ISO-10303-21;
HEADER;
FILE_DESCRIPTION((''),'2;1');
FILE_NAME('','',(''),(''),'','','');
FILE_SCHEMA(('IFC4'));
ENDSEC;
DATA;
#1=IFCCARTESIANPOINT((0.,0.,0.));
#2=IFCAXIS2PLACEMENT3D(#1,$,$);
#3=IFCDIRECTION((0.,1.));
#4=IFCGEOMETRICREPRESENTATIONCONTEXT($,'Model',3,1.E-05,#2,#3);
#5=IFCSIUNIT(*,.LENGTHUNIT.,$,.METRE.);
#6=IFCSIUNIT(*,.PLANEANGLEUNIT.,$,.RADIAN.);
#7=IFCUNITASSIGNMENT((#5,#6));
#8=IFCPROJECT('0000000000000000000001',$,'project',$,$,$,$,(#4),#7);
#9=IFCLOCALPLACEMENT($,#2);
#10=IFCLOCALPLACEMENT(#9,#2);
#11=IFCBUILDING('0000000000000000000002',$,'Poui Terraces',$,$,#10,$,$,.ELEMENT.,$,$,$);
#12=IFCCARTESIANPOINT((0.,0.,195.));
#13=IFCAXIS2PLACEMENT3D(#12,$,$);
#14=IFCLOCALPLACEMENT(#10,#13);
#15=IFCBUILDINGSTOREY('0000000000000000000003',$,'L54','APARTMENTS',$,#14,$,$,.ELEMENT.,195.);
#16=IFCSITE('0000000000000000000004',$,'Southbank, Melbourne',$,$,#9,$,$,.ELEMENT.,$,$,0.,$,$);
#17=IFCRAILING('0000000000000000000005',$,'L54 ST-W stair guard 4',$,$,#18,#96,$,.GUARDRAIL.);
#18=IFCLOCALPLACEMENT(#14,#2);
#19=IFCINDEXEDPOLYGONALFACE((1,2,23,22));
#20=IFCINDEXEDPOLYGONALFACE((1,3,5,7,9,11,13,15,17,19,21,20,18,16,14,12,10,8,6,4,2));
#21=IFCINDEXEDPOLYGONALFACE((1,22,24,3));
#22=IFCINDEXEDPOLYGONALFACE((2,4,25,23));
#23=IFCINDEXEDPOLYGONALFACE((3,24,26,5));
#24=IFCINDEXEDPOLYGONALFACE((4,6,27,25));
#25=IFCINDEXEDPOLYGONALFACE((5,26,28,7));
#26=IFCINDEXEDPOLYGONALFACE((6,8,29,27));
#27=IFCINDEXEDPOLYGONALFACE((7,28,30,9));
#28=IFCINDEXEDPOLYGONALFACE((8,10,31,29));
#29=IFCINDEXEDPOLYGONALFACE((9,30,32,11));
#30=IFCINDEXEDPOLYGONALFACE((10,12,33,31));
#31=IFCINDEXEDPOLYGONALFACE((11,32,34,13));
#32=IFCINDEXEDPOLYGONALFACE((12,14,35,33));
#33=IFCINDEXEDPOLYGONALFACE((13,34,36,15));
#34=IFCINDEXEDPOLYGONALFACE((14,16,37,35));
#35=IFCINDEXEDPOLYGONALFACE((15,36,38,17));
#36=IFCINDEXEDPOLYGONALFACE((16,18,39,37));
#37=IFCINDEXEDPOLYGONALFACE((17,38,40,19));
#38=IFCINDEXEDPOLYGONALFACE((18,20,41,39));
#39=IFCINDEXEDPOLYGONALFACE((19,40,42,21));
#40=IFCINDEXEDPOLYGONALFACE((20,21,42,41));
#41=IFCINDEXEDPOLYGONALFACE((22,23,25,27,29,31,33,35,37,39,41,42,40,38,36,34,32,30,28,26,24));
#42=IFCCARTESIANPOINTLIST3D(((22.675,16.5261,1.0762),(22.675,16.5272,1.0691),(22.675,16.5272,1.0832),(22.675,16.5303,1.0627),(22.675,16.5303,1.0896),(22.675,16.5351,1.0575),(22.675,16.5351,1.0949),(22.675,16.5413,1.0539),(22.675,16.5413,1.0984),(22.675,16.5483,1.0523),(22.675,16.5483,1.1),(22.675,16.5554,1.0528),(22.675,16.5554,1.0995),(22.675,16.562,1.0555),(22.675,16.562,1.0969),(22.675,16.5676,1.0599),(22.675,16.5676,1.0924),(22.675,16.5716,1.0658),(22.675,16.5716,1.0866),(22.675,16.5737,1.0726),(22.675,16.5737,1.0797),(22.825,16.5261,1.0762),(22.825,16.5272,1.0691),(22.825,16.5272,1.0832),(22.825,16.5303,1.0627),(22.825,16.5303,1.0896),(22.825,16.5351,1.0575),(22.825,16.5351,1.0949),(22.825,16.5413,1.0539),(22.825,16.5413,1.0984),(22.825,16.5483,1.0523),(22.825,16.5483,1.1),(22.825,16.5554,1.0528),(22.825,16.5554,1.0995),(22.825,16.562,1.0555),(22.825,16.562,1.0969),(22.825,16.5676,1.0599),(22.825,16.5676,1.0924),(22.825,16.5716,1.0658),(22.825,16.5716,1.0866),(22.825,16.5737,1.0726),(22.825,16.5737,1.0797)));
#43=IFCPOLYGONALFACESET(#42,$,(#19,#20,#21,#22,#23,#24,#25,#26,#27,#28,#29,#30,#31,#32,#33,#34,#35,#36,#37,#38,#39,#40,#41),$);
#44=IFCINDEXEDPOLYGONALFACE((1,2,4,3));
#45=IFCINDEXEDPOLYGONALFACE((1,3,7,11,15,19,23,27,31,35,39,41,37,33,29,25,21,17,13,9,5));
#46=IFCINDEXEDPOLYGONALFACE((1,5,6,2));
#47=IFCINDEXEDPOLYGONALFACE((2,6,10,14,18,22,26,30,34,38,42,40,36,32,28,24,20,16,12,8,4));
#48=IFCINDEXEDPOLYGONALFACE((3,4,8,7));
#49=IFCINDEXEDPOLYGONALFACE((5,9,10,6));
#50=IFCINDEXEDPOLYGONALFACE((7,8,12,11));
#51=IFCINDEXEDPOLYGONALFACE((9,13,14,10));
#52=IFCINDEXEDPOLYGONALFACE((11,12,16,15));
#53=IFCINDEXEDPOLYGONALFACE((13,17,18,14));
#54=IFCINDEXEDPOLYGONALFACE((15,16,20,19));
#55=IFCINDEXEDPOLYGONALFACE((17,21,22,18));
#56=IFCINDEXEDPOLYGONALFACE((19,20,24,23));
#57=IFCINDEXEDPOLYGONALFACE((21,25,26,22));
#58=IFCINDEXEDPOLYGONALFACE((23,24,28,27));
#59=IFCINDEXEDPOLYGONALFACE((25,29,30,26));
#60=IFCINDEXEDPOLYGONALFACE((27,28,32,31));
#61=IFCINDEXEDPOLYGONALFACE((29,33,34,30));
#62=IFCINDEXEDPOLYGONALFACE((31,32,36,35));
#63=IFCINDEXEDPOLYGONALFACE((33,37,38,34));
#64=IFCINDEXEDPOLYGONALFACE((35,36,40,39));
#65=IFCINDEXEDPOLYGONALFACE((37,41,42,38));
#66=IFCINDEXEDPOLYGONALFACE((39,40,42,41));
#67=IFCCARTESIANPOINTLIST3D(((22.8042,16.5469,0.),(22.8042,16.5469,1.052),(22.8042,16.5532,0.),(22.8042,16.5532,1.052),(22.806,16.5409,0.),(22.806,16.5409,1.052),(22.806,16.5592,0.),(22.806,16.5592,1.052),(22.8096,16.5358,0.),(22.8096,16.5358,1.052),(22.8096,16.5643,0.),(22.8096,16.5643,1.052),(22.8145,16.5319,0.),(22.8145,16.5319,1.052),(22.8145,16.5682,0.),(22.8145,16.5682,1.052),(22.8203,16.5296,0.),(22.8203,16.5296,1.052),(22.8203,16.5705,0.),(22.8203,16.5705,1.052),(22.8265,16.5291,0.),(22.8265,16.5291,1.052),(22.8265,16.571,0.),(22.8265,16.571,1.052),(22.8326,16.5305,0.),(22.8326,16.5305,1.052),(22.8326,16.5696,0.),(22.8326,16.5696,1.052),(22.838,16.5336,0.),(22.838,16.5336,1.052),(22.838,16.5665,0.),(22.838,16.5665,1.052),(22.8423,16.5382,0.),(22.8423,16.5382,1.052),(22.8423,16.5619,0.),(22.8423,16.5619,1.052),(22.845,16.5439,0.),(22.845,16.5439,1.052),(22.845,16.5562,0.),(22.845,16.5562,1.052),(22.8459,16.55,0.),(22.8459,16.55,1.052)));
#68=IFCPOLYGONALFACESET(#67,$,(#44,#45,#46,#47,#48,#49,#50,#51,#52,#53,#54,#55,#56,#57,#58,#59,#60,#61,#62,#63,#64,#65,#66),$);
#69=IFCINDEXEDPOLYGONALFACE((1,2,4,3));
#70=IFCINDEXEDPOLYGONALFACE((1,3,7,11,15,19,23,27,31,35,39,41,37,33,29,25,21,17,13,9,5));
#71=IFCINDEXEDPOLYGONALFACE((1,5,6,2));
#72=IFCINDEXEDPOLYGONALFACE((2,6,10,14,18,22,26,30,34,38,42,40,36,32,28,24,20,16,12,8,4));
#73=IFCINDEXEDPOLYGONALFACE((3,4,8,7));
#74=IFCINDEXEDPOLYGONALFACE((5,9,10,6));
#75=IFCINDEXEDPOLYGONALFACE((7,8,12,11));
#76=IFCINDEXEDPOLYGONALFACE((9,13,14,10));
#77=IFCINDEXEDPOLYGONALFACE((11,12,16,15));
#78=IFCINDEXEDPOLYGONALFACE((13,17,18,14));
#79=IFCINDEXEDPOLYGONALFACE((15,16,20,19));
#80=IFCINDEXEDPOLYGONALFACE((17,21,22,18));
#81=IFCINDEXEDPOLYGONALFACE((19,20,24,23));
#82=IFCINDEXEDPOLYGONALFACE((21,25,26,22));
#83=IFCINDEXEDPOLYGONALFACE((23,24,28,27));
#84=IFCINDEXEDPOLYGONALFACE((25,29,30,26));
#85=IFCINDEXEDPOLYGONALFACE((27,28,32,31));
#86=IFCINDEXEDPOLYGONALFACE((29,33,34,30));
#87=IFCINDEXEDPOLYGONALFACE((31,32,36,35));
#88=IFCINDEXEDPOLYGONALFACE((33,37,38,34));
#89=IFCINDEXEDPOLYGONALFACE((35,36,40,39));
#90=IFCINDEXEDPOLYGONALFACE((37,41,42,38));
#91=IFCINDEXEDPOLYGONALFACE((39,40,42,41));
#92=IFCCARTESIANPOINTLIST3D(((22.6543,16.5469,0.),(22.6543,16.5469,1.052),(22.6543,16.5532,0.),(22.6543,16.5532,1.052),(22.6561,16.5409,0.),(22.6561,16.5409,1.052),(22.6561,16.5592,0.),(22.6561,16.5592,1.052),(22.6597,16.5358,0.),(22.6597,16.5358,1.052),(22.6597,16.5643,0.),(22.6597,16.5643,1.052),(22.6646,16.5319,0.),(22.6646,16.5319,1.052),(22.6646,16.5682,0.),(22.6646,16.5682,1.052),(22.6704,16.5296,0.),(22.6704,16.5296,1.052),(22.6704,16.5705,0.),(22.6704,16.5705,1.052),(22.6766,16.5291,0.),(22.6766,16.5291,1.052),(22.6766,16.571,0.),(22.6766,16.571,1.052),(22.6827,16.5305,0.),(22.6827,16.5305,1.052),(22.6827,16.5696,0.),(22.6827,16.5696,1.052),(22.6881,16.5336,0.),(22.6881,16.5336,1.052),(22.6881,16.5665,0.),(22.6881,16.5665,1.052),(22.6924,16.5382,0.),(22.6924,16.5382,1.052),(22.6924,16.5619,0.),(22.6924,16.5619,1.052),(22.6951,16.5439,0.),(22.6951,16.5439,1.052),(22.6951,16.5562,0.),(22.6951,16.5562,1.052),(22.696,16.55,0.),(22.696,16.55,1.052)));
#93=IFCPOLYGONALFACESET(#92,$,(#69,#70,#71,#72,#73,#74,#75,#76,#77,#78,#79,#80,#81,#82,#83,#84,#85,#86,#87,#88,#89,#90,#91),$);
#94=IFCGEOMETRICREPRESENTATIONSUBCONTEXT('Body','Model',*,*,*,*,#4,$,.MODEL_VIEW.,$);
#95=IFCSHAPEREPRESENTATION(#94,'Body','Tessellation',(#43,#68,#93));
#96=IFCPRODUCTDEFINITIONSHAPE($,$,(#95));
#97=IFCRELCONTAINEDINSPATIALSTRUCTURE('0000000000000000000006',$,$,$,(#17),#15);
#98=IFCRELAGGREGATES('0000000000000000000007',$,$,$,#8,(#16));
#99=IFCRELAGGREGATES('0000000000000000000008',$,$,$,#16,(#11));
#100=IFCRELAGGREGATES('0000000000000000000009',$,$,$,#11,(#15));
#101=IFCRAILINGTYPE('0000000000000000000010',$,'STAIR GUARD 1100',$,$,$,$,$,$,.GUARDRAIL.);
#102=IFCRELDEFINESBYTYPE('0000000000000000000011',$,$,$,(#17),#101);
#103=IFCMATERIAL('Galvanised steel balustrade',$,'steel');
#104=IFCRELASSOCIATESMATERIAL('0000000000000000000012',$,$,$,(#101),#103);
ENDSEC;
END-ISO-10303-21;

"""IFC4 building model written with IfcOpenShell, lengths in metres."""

from ifc_helpers import new_model, si_unit, direction, frame, origin, origin_2d, place, context, subcontext, project, spatial, circle, extrude, material, type_object, element, save


model = new_model("IFC4")

# Units and contexts
model_context = context("Model", 3, precision=1e-05, world=origin(), true_north=direction((0.0, 1.0)))
body_context = subcontext(model_context, "Body", "Model", "MODEL_VIEW")
ifc_project = project(units=[si_unit("LENGTHUNIT", "METRE"), si_unit("PLANEANGLEUNIT", "RADIAN")], contexts=[model_context])

# Site, building, storey
site_placement = place(None, origin())
site = spatial("IfcSite", under=ifc_project, at=site_placement, Name="Southbank, Melbourne", CompositionType="ELEMENT", RefElevation=0.0)
building_placement = place(site_placement, origin())
building = spatial("IfcBuilding", under=site, at=building_placement, Name="Poui Terraces", CompositionType="ELEMENT")
storey_placement = place(building_placement, frame((0.0, 0.0, 195.0)))
storey = spatial("IfcBuildingStorey", under=building, at=storey_placement, Name="L54", Description="APARTMENTS", CompositionType="ELEMENT", Elevation=195.0)

# Railing
ifc_material_1 = material(Name="Galvanised steel balustrade", Category="steel")
railing_type_1 = type_object("IfcRailingType", Name="STAIR GUARD 1100", PredefinedType="GUARDRAIL", material=ifc_material_1)
railing_1_placement = place(storey_placement, frame((22.825, 16.55, 0.0)))
element("IfcRailing", 1, at=railing_1_placement, inside=storey, type_object=railing_type_1, Name="L54 ST-W stair guard 4", PredefinedType="GUARDRAIL", context=body_context, shape_type="SweptSolid", body=[
    extrude(circle(Radius=0.0239, at=origin_2d()), frame((0.0, 0.0, 1.0762), z_axis=(-1.0, 0.0, 0.0), x_axis=(0.0, -1.0, 0.0)), (0.0, 0.0, 1.0), 0.1499),
    extrude(circle(Radius=0.021, at=origin_2d()), origin(), (0.0, 0.0, 1.0), 1.052),
    extrude(circle(Radius=0.021, at=origin_2d()), frame((-0.1499, 0.0, 0.0)), (0.0, 0.0, 1.0), 1.052),
])

save(model, "model.ifc")
